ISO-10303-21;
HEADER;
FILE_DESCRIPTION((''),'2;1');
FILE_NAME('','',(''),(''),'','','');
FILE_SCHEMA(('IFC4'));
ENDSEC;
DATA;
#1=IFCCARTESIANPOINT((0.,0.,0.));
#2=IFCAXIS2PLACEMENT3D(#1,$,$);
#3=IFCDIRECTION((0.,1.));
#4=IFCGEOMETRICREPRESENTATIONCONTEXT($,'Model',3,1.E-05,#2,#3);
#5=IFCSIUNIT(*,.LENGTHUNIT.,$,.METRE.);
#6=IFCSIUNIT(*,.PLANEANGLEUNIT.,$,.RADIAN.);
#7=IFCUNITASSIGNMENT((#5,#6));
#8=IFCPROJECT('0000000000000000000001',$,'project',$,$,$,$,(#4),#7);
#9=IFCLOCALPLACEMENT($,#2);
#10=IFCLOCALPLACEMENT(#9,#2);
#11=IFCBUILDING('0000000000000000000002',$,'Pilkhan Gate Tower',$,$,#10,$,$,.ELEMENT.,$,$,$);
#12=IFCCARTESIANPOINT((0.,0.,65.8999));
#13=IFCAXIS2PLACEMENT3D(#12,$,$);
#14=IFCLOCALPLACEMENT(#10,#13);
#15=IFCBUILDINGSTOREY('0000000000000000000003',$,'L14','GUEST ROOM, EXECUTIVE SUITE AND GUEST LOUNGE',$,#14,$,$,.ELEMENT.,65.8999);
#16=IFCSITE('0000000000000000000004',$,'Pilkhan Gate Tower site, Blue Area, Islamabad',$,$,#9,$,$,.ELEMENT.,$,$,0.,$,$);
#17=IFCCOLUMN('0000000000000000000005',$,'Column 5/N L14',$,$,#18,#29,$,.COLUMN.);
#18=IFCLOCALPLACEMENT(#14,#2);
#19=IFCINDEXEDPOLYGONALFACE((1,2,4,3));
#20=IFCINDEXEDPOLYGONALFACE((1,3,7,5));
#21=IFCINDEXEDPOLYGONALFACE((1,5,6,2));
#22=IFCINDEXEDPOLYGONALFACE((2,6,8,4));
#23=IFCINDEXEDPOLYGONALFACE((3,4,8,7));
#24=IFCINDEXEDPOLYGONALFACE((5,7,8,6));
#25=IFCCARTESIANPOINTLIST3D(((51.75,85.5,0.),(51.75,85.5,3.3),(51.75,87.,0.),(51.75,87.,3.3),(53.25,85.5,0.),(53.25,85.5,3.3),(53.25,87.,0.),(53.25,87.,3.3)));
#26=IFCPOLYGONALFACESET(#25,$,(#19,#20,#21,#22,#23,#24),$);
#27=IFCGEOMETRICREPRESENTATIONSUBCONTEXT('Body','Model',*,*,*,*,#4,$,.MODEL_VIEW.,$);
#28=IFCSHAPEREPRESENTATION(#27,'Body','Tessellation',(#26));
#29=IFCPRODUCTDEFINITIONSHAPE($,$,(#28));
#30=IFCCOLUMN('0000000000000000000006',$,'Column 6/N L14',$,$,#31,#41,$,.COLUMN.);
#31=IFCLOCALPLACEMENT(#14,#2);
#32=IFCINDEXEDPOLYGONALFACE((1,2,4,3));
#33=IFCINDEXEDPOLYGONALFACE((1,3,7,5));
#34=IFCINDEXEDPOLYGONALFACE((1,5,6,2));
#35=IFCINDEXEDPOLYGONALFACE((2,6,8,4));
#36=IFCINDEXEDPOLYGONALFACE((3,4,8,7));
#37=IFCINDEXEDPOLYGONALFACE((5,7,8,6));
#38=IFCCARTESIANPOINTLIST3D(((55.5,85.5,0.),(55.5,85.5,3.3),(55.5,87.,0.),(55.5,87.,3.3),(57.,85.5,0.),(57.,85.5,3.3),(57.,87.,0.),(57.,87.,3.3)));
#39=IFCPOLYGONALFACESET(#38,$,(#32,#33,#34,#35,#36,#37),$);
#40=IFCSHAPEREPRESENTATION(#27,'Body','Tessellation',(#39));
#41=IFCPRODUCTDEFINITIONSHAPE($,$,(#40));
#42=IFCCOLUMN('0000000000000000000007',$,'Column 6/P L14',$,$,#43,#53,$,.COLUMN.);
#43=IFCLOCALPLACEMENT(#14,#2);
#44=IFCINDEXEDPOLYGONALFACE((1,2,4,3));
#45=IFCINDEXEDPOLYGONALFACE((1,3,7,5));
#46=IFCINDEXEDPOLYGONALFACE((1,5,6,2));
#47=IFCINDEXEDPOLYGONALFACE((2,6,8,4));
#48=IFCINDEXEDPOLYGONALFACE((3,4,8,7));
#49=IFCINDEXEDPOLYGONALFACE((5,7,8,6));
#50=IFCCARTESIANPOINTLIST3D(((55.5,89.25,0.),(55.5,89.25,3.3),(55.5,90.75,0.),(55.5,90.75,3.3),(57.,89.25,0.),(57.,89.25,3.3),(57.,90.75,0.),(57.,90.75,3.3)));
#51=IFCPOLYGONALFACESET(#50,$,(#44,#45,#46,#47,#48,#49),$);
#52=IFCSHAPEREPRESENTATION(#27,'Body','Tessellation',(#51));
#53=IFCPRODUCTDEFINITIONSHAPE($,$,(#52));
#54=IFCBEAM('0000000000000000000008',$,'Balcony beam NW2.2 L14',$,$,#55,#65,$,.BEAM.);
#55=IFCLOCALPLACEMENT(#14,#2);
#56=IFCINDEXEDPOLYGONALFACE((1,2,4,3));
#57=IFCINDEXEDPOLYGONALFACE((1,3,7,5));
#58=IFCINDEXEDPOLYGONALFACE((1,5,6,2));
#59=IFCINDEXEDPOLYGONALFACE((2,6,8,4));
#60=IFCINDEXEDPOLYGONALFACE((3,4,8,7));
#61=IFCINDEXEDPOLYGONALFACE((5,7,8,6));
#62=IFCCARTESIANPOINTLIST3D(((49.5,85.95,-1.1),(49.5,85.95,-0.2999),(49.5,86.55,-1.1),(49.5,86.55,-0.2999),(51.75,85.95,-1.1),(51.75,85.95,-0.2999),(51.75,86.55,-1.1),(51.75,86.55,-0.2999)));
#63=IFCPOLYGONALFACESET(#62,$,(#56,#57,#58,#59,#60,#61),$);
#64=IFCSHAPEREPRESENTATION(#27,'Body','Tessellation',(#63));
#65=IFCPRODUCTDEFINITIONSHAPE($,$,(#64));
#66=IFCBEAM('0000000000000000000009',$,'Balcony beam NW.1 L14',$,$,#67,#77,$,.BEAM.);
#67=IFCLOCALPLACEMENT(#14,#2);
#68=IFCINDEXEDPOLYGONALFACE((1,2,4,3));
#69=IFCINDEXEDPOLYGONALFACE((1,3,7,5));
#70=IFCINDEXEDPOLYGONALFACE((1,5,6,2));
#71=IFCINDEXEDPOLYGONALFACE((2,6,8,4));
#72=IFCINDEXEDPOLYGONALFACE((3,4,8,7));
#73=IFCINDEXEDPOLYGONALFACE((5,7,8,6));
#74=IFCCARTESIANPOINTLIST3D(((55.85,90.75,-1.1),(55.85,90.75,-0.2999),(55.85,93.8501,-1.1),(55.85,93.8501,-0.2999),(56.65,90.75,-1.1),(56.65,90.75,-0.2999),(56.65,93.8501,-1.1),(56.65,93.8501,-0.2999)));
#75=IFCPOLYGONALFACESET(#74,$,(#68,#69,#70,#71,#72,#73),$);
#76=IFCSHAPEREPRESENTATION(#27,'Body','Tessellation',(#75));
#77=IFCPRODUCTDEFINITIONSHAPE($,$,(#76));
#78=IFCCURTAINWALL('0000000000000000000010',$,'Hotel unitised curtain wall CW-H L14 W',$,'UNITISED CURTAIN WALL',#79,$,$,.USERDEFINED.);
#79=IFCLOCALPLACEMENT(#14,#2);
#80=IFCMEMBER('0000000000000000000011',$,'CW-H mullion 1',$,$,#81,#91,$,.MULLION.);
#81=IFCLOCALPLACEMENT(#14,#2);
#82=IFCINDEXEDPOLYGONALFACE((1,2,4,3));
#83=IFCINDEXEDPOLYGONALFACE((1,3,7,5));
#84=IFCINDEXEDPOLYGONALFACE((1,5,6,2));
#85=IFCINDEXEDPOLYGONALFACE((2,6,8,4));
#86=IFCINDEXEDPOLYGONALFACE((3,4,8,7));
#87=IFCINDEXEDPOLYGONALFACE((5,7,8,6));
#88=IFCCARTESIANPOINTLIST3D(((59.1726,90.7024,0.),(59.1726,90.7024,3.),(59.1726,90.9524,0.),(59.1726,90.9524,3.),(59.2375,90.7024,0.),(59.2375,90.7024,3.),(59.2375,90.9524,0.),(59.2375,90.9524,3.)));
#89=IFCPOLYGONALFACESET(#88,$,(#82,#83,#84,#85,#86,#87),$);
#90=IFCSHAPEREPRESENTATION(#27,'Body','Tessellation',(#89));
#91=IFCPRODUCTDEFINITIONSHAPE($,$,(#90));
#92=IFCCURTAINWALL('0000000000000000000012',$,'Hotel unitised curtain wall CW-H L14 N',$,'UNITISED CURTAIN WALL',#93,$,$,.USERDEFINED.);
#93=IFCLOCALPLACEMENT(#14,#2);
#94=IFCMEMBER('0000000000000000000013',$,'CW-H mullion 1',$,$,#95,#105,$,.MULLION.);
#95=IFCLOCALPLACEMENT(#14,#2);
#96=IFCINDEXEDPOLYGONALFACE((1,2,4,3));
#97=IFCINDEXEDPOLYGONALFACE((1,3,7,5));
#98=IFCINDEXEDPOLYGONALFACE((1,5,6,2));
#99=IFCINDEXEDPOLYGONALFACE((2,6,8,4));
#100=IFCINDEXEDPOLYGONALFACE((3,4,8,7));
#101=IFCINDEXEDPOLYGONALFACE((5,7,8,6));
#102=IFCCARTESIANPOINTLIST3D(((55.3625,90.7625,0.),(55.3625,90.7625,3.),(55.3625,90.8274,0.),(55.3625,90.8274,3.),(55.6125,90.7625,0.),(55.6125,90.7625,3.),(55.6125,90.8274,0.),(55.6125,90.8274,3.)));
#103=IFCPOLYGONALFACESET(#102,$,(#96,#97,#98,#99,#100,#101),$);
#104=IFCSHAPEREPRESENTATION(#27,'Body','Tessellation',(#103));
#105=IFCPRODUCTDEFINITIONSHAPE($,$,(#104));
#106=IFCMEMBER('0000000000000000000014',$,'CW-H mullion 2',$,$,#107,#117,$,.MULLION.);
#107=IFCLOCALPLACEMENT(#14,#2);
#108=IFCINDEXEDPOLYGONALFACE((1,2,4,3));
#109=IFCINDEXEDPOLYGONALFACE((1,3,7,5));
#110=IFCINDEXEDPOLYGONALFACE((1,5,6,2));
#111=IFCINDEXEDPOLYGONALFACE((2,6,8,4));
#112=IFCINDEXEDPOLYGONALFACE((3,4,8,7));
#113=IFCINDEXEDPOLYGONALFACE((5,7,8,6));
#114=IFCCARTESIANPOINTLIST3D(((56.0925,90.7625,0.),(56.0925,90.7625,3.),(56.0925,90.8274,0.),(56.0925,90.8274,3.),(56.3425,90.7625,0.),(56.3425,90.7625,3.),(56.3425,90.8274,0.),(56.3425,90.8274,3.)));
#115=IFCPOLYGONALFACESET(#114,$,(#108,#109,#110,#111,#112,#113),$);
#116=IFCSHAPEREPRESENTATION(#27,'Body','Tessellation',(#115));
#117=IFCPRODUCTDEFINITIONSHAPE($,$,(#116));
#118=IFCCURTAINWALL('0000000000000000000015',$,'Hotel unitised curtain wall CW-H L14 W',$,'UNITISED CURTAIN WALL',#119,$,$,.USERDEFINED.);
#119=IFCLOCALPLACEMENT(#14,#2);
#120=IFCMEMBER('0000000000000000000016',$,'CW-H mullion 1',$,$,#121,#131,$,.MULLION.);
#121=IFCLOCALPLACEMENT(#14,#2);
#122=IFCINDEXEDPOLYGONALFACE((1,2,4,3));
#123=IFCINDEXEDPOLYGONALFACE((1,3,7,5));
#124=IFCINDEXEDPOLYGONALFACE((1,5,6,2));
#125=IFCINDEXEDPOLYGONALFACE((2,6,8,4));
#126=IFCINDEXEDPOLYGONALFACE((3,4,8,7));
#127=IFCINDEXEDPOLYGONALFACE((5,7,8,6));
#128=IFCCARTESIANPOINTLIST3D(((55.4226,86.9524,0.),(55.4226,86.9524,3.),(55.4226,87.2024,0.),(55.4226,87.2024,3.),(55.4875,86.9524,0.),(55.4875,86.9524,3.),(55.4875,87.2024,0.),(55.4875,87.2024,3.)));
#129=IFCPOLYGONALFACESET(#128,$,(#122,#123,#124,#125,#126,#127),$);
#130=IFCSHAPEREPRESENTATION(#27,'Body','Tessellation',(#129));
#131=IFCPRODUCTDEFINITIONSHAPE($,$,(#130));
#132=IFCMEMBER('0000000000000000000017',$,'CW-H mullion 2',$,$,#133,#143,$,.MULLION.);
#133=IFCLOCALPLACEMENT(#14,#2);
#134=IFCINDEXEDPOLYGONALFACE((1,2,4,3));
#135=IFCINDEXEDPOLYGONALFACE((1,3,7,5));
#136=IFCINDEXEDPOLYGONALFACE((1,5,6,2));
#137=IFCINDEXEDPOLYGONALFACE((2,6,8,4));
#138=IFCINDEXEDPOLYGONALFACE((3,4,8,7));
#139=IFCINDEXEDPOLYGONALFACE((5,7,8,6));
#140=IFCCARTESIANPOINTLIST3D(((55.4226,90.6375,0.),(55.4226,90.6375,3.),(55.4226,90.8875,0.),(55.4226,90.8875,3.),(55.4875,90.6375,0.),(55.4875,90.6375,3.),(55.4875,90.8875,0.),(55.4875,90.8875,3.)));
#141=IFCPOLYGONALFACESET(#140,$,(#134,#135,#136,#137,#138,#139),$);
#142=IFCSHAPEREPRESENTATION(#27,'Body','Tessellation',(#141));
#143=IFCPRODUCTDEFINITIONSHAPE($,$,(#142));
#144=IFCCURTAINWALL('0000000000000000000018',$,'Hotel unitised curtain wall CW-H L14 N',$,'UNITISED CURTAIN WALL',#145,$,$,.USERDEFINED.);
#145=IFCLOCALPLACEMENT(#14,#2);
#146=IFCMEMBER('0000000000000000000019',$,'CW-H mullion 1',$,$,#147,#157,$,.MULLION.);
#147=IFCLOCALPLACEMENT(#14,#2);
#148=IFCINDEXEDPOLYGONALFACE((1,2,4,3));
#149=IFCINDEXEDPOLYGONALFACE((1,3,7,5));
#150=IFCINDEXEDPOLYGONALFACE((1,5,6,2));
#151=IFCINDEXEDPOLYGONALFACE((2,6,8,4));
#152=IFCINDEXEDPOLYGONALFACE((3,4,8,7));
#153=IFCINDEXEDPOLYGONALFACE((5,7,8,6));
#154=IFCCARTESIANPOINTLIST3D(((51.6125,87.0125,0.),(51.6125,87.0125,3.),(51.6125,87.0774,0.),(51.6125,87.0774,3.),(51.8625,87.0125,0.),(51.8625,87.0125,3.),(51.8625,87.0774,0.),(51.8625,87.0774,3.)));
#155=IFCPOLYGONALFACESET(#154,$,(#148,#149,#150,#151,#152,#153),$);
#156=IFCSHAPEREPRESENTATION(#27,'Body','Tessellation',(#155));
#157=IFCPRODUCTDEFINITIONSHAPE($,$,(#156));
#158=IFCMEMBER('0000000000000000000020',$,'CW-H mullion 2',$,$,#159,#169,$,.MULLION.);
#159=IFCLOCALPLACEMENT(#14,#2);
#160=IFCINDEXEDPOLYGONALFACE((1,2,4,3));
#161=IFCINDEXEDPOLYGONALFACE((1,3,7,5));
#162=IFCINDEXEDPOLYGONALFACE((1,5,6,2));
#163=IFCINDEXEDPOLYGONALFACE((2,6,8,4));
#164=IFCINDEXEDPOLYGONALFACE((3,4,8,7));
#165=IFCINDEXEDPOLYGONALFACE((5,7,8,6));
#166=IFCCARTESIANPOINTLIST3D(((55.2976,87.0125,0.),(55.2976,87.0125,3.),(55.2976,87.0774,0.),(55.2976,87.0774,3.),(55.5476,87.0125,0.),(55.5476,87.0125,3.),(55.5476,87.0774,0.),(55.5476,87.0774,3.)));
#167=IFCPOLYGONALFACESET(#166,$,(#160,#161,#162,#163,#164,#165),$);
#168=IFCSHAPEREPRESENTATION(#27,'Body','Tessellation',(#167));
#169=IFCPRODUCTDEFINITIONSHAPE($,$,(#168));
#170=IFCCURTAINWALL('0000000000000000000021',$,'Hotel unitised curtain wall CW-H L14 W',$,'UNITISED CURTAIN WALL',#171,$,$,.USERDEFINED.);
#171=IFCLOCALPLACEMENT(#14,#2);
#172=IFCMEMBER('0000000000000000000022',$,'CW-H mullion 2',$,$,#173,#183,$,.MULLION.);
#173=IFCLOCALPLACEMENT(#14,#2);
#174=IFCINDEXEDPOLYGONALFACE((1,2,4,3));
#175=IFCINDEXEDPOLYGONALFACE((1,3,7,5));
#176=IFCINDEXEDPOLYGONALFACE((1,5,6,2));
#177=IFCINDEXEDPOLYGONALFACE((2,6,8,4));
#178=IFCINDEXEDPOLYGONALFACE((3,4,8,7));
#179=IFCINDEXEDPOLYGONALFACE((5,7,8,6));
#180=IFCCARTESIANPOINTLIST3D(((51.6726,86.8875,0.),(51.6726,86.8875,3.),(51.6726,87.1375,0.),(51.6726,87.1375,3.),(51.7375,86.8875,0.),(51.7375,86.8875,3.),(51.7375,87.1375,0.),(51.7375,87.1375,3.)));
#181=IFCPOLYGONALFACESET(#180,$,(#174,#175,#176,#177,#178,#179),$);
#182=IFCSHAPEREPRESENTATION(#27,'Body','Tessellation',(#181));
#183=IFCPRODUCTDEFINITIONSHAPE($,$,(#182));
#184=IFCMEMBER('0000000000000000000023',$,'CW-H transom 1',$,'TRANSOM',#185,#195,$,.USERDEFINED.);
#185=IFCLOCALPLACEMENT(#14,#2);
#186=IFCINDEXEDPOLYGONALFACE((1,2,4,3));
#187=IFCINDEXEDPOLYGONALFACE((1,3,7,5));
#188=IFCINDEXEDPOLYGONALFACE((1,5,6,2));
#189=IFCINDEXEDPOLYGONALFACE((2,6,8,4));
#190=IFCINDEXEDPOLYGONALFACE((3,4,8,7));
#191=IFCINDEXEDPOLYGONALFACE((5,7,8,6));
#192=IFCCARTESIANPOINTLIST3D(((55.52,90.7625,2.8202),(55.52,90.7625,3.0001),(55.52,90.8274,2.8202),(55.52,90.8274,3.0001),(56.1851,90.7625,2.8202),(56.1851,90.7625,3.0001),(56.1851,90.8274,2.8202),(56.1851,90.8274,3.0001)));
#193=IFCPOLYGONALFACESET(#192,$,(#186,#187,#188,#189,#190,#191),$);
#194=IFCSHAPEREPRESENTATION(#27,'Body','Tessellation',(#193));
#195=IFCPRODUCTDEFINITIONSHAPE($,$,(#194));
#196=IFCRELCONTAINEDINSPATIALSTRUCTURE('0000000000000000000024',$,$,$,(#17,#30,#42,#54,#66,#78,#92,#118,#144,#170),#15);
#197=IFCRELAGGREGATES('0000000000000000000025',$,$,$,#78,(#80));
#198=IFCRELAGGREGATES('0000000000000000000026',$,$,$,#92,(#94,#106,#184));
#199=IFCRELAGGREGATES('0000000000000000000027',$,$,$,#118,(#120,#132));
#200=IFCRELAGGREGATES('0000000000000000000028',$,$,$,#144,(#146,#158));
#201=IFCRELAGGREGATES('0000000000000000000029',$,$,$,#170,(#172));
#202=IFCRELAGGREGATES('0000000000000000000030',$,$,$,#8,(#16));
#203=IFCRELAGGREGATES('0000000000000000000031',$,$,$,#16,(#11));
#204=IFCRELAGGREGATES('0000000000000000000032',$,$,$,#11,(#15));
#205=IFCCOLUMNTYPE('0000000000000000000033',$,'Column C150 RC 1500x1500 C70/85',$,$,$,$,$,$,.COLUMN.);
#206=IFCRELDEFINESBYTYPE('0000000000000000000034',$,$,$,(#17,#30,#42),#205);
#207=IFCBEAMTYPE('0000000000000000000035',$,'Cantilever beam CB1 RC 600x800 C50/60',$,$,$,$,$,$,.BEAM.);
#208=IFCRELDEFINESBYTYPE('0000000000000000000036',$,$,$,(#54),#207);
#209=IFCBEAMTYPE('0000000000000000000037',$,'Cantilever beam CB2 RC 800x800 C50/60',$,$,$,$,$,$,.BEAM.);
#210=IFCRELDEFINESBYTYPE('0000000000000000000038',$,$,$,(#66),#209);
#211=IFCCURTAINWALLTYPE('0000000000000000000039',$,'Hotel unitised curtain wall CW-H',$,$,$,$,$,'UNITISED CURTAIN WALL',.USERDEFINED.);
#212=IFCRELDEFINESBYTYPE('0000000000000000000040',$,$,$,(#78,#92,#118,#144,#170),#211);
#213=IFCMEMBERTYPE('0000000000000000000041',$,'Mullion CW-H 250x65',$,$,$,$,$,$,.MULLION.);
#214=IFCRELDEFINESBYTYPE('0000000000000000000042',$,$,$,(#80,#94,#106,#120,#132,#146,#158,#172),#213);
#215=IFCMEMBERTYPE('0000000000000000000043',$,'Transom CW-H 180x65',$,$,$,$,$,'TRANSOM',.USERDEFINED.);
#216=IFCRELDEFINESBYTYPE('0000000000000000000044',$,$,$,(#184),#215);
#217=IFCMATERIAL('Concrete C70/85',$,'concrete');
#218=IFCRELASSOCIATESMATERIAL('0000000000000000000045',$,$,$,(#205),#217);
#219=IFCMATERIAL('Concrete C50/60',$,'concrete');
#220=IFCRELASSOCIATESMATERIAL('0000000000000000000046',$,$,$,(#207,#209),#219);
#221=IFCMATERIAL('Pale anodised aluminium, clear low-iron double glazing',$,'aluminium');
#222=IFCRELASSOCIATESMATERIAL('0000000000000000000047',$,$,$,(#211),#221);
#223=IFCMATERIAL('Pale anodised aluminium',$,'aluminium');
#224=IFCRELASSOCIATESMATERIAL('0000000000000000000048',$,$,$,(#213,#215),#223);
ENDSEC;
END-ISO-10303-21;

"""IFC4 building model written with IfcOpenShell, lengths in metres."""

from ifc_helpers import new_model, si_unit, direction, frame, origin, origin_2d, place, context, subcontext, project, spatial, rectangle, extrude, material, material_profile, profile_set, type_object, element, aggregate, save


model = new_model("IFC4")

# Units and contexts
model_context = context("Model", 3, precision=1e-05, world=origin(), true_north=direction((0.0, 1.0)))
body_context = subcontext(model_context, "Body", "Model", "MODEL_VIEW")
ifc_project = project(units=[si_unit("LENGTHUNIT", "METRE"), si_unit("PLANEANGLEUNIT", "RADIAN")], contexts=[model_context])

# Site, building, storey
site_placement = place(None, origin())
site = spatial("IfcSite", under=ifc_project, at=site_placement, Name="Pilkhan Gate Tower site, Blue Area, Islamabad", CompositionType="ELEMENT", RefElevation=0.0)
building_placement = place(site_placement, origin())
building = spatial("IfcBuilding", under=site, at=building_placement, Name="Pilkhan Gate Tower", CompositionType="ELEMENT")
storey_placement = place(building_placement, frame((0.0, 0.0, 65.8999)))
storey = spatial("IfcBuildingStorey", under=building, at=storey_placement, Name="L14", Description="GUEST ROOM, EXECUTIVE SUITE AND GUEST LOUNGE", CompositionType="ELEMENT", Elevation=65.8999)

# Columns
ifc_material_1 = material(Name="Concrete C70/85", Category="concrete")
ifc_material_profile_1 = material_profile(ifc_material_1, rectangle(XDim=1.5, YDim=1.5, at=origin_2d()), Name="RC 1500x1500")
ifc_profile_set_1 = profile_set([ifc_material_profile_1], Name="Concrete C70/85")
column_type = type_object("IfcColumnType", Name="Column C150 RC 1500x1500 C70/85", PredefinedType="COLUMN", material=ifc_profile_set_1)
for number, where, z_axis, x_axis, name in (
    (1, (52.5, 86.25, 0.0), (0.0, 0.0, 1.0), (1.0, 0.0, 0.0), "Column 5/N L14"),
    (2, (56.25, 86.25, 0.0), (0.0, 0.0, 1.0), (1.0, 0.0, 0.0), "Column 6/N L14"),
    (3, (56.25, 90.0, 0.0), (0.0, 0.0, 1.0), (1.0, 0.0, 0.0), "Column 6/P L14"),
):
    element("IfcColumn", number, at=place(storey_placement, frame(where, z_axis=z_axis, x_axis=x_axis)), inside=storey, type_object=column_type, Name=name, PredefinedType="COLUMN", context=body_context, shape_type="SweptSolid", body=[
        extrude(rectangle(XDim=1.5, YDim=1.5, at=origin_2d()), origin(), (0.0, 0.0, 1.0), 3.3),
    ])

# Beams
ifc_material_2 = material(Name="Concrete C50/60", Category="concrete")
ifc_material_profile_2 = material_profile(ifc_material_2, rectangle(XDim=0.6001, YDim=0.8, at=origin_2d()), Name="RC 600x800")
ifc_profile_set_2 = profile_set([ifc_material_profile_2], Name="Concrete C50/60")
beam_type_1 = type_object("IfcBeamType", Name="Cantilever beam CB1 RC 600x800 C50/60", PredefinedType="BEAM", material=ifc_profile_set_2)
beam_1_placement = place(storey_placement, frame((51.75, 86.25, -0.7), z_axis=(-1.0, 0.0, 0.0), x_axis=(0.0, -1.0, 0.0)))
element("IfcBeam", 4, at=beam_1_placement, inside=storey, type_object=beam_type_1, Name="Balcony beam NW2.2 L14", PredefinedType="BEAM", context=body_context, shape_type="SweptSolid", body=[
    extrude(rectangle(XDim=0.6001, YDim=0.8, at=origin_2d()), origin(), (0.0, 0.0, 1.0), 2.25),
])
ifc_material_profile_3 = material_profile(ifc_material_2, rectangle(XDim=0.8, YDim=0.8, at=origin_2d()), Name="RC 800x800")
ifc_profile_set_3 = profile_set([ifc_material_profile_3], Name="Concrete C50/60")
beam_type_2 = type_object("IfcBeamType", Name="Cantilever beam CB2 RC 800x800 C50/60", PredefinedType="BEAM", material=ifc_profile_set_3)
beam_2_placement = place(storey_placement, frame((56.25, 90.75, -0.7), z_axis=(0.0, 1.0, 0.0), x_axis=(-1.0, 0.0, 0.0)))
element("IfcBeam", 5, at=beam_2_placement, inside=storey, type_object=beam_type_2, Name="Balcony beam NW.1 L14", PredefinedType="BEAM", context=body_context, shape_type="SweptSolid", body=[
    extrude(rectangle(XDim=0.8, YDim=0.8, at=origin_2d()), origin(), (0.0, 0.0, 1.0), 3.1001),
])

# Curtain wall, member
ifc_material_3 = material(Name="Pale anodised aluminium, clear low-iron double glazing", Category="aluminium")
curtain_wall_type = type_object("IfcCurtainWallType", Name="Hotel unitised curtain wall CW-H", ElementType="UNITISED CURTAIN WALL", PredefinedType="USERDEFINED", material=ifc_material_3)
curtain_wall_1_placement = place(storey_placement, origin())
curtain_wall_1 = element("IfcCurtainWall", 6, at=curtain_wall_1_placement, inside=storey, type_object=curtain_wall_type, Name="Hotel unitised curtain wall CW-H L14 W", ObjectType="UNITISED CURTAIN WALL", PredefinedType="USERDEFINED")
ifc_material_4 = material(Name="Pale anodised aluminium", Category="aluminium")
ifc_material_profile_4 = material_profile(ifc_material_4, rectangle(XDim=0.0649, YDim=0.25, at=origin_2d()), Name="Mullion 250x65")
ifc_profile_set_4 = profile_set([ifc_material_profile_4], Name="Pale anodised aluminium")
member_type_1 = type_object("IfcMemberType", Name="Mullion CW-H 250x65", PredefinedType="MULLION", material=ifc_profile_set_4)
member_1_placement = place(storey_placement, frame((59.2051, 90.8274, 0.0), z_axis=(0.0, 0.0, 1.0), x_axis=(-1.0, 0.0, 0.0)))
member_1 = element("IfcMember", 7, at=member_1_placement, type_object=member_type_1, Name="CW-H mullion 1", PredefinedType="MULLION", context=body_context, shape_type="SweptSolid", body=[
    extrude(rectangle(XDim=0.0649, YDim=0.25, at=origin_2d()), origin(), (0.0, 0.0, 1.0), 3.0),
])
aggregate(curtain_wall_1, [member_1])

# Curtain walls, members
curtain_wall_2_placement = place(storey_placement, origin())
curtain_wall_2 = element("IfcCurtainWall", 8, at=curtain_wall_2_placement, inside=storey, type_object=curtain_wall_type, Name="Hotel unitised curtain wall CW-H L14 N", ObjectType="UNITISED CURTAIN WALL", PredefinedType="USERDEFINED")
member_2_placement = place(storey_placement, frame((55.4875, 90.7949, 0.0), z_axis=(0.0, 0.0, 1.0), x_axis=(0.0, 1.0, 0.0)))
member_2 = element("IfcMember", 9, at=member_2_placement, type_object=member_type_1, Name="CW-H mullion 1", PredefinedType="MULLION", context=body_context, shape_type="SweptSolid", body=[
    extrude(rectangle(XDim=0.0649, YDim=0.25, at=origin_2d()), origin(), (0.0, 0.0, 1.0), 3.0),
])
member_3_placement = place(storey_placement, frame((56.2175, 90.7949, 0.0), z_axis=(0.0, 0.0, 1.0), x_axis=(0.0, 1.0, 0.0)))
member_3 = element("IfcMember", 10, at=member_3_placement, type_object=member_type_1, Name="CW-H mullion 2", PredefinedType="MULLION", context=body_context, shape_type="SweptSolid", body=[
    extrude(rectangle(XDim=0.0649, YDim=0.25, at=origin_2d()), origin(), (0.0, 0.0, 1.0), 3.0),
])
curtain_wall_3_placement = place(storey_placement, origin())
curtain_wall_3 = element("IfcCurtainWall", 11, at=curtain_wall_3_placement, inside=storey, type_object=curtain_wall_type, Name="Hotel unitised curtain wall CW-H L14 W", ObjectType="UNITISED CURTAIN WALL", PredefinedType="USERDEFINED")
member_4_placement = place(storey_placement, frame((55.4551, 87.0774, 0.0), z_axis=(0.0, 0.0, 1.0), x_axis=(-1.0, 0.0, 0.0)))
member_4 = element("IfcMember", 12, at=member_4_placement, type_object=member_type_1, Name="CW-H mullion 1", PredefinedType="MULLION", context=body_context, shape_type="SweptSolid", body=[
    extrude(rectangle(XDim=0.0649, YDim=0.25, at=origin_2d()), origin(), (0.0, 0.0, 1.0), 3.0),
])
member_5_placement = place(storey_placement, frame((55.4551, 90.7625, 0.0), z_axis=(0.0, 0.0, 1.0), x_axis=(-1.0, 0.0, 0.0)))
member_5 = element("IfcMember", 13, at=member_5_placement, type_object=member_type_1, Name="CW-H mullion 2", PredefinedType="MULLION", context=body_context, shape_type="SweptSolid", body=[
    extrude(rectangle(XDim=0.0649, YDim=0.25, at=origin_2d()), origin(), (0.0, 0.0, 1.0), 3.0),
])
curtain_wall_4_placement = place(storey_placement, origin())
curtain_wall_4 = element("IfcCurtainWall", 14, at=curtain_wall_4_placement, inside=storey, type_object=curtain_wall_type, Name="Hotel unitised curtain wall CW-H L14 N", ObjectType="UNITISED CURTAIN WALL", PredefinedType="USERDEFINED")
member_6_placement = place(storey_placement, frame((51.7375, 87.0449, 0.0), z_axis=(0.0, 0.0, 1.0), x_axis=(0.0, 1.0, 0.0)))
member_6 = element("IfcMember", 15, at=member_6_placement, type_object=member_type_1, Name="CW-H mullion 1", PredefinedType="MULLION", context=body_context, shape_type="SweptSolid", body=[
    extrude(rectangle(XDim=0.0649, YDim=0.25, at=origin_2d()), origin(), (0.0, 0.0, 1.0), 3.0),
])
member_7_placement = place(storey_placement, frame((55.4226, 87.0449, 0.0), z_axis=(0.0, 0.0, 1.0), x_axis=(0.0, 1.0, 0.0)))
member_7 = element("IfcMember", 16, at=member_7_placement, type_object=member_type_1, Name="CW-H mullion 2", PredefinedType="MULLION", context=body_context, shape_type="SweptSolid", body=[
    extrude(rectangle(XDim=0.0649, YDim=0.25, at=origin_2d()), origin(), (0.0, 0.0, 1.0), 3.0),
])

# Curtain wall, member
curtain_wall_5_placement = place(storey_placement, origin())
curtain_wall_5 = element("IfcCurtainWall", 17, at=curtain_wall_5_placement, inside=storey, type_object=curtain_wall_type, Name="Hotel unitised curtain wall CW-H L14 W", ObjectType="UNITISED CURTAIN WALL", PredefinedType="USERDEFINED")
member_8_placement = place(storey_placement, frame((51.7051, 87.0125, 0.0), z_axis=(0.0, 0.0, 1.0), x_axis=(-1.0, 0.0, 0.0)))
member_8 = element("IfcMember", 18, at=member_8_placement, type_object=member_type_1, Name="CW-H mullion 2", PredefinedType="MULLION", context=body_context, shape_type="SweptSolid", body=[
    extrude(rectangle(XDim=0.0649, YDim=0.25, at=origin_2d()), origin(), (0.0, 0.0, 1.0), 3.0),
])

# Member
ifc_material_profile_5 = material_profile(ifc_material_4, rectangle(XDim=0.0649, YDim=0.1799, at=origin_2d()), Name="Transom 180x65")
ifc_profile_set_5 = profile_set([ifc_material_profile_5], Name="Pale anodised aluminium")
member_type_2 = type_object("IfcMemberType", Name="Transom CW-H 180x65", ElementType="TRANSOM", PredefinedType="USERDEFINED", material=ifc_profile_set_5)
member_9_placement = place(storey_placement, frame((55.52, 90.7949, 2.9102), z_axis=(1.0, 0.0, 0.0), x_axis=(0.0, 1.0, 0.0)))
member_9 = element("IfcMember", 19, at=member_9_placement, type_object=member_type_2, Name="CW-H transom 1", ObjectType="TRANSOM", PredefinedType="USERDEFINED", context=body_context, shape_type="SweptSolid", body=[
    extrude(rectangle(XDim=0.0649, YDim=0.1799, at=origin_2d()), origin(), (0.0, 0.0, 1.0), 0.665),
])

aggregate(curtain_wall_2, [member_2, member_3, member_9])
aggregate(curtain_wall_3, [member_4, member_5])
aggregate(curtain_wall_4, [member_6, member_7])
aggregate(curtain_wall_5, [member_8])

save(model, "model.ifc")
